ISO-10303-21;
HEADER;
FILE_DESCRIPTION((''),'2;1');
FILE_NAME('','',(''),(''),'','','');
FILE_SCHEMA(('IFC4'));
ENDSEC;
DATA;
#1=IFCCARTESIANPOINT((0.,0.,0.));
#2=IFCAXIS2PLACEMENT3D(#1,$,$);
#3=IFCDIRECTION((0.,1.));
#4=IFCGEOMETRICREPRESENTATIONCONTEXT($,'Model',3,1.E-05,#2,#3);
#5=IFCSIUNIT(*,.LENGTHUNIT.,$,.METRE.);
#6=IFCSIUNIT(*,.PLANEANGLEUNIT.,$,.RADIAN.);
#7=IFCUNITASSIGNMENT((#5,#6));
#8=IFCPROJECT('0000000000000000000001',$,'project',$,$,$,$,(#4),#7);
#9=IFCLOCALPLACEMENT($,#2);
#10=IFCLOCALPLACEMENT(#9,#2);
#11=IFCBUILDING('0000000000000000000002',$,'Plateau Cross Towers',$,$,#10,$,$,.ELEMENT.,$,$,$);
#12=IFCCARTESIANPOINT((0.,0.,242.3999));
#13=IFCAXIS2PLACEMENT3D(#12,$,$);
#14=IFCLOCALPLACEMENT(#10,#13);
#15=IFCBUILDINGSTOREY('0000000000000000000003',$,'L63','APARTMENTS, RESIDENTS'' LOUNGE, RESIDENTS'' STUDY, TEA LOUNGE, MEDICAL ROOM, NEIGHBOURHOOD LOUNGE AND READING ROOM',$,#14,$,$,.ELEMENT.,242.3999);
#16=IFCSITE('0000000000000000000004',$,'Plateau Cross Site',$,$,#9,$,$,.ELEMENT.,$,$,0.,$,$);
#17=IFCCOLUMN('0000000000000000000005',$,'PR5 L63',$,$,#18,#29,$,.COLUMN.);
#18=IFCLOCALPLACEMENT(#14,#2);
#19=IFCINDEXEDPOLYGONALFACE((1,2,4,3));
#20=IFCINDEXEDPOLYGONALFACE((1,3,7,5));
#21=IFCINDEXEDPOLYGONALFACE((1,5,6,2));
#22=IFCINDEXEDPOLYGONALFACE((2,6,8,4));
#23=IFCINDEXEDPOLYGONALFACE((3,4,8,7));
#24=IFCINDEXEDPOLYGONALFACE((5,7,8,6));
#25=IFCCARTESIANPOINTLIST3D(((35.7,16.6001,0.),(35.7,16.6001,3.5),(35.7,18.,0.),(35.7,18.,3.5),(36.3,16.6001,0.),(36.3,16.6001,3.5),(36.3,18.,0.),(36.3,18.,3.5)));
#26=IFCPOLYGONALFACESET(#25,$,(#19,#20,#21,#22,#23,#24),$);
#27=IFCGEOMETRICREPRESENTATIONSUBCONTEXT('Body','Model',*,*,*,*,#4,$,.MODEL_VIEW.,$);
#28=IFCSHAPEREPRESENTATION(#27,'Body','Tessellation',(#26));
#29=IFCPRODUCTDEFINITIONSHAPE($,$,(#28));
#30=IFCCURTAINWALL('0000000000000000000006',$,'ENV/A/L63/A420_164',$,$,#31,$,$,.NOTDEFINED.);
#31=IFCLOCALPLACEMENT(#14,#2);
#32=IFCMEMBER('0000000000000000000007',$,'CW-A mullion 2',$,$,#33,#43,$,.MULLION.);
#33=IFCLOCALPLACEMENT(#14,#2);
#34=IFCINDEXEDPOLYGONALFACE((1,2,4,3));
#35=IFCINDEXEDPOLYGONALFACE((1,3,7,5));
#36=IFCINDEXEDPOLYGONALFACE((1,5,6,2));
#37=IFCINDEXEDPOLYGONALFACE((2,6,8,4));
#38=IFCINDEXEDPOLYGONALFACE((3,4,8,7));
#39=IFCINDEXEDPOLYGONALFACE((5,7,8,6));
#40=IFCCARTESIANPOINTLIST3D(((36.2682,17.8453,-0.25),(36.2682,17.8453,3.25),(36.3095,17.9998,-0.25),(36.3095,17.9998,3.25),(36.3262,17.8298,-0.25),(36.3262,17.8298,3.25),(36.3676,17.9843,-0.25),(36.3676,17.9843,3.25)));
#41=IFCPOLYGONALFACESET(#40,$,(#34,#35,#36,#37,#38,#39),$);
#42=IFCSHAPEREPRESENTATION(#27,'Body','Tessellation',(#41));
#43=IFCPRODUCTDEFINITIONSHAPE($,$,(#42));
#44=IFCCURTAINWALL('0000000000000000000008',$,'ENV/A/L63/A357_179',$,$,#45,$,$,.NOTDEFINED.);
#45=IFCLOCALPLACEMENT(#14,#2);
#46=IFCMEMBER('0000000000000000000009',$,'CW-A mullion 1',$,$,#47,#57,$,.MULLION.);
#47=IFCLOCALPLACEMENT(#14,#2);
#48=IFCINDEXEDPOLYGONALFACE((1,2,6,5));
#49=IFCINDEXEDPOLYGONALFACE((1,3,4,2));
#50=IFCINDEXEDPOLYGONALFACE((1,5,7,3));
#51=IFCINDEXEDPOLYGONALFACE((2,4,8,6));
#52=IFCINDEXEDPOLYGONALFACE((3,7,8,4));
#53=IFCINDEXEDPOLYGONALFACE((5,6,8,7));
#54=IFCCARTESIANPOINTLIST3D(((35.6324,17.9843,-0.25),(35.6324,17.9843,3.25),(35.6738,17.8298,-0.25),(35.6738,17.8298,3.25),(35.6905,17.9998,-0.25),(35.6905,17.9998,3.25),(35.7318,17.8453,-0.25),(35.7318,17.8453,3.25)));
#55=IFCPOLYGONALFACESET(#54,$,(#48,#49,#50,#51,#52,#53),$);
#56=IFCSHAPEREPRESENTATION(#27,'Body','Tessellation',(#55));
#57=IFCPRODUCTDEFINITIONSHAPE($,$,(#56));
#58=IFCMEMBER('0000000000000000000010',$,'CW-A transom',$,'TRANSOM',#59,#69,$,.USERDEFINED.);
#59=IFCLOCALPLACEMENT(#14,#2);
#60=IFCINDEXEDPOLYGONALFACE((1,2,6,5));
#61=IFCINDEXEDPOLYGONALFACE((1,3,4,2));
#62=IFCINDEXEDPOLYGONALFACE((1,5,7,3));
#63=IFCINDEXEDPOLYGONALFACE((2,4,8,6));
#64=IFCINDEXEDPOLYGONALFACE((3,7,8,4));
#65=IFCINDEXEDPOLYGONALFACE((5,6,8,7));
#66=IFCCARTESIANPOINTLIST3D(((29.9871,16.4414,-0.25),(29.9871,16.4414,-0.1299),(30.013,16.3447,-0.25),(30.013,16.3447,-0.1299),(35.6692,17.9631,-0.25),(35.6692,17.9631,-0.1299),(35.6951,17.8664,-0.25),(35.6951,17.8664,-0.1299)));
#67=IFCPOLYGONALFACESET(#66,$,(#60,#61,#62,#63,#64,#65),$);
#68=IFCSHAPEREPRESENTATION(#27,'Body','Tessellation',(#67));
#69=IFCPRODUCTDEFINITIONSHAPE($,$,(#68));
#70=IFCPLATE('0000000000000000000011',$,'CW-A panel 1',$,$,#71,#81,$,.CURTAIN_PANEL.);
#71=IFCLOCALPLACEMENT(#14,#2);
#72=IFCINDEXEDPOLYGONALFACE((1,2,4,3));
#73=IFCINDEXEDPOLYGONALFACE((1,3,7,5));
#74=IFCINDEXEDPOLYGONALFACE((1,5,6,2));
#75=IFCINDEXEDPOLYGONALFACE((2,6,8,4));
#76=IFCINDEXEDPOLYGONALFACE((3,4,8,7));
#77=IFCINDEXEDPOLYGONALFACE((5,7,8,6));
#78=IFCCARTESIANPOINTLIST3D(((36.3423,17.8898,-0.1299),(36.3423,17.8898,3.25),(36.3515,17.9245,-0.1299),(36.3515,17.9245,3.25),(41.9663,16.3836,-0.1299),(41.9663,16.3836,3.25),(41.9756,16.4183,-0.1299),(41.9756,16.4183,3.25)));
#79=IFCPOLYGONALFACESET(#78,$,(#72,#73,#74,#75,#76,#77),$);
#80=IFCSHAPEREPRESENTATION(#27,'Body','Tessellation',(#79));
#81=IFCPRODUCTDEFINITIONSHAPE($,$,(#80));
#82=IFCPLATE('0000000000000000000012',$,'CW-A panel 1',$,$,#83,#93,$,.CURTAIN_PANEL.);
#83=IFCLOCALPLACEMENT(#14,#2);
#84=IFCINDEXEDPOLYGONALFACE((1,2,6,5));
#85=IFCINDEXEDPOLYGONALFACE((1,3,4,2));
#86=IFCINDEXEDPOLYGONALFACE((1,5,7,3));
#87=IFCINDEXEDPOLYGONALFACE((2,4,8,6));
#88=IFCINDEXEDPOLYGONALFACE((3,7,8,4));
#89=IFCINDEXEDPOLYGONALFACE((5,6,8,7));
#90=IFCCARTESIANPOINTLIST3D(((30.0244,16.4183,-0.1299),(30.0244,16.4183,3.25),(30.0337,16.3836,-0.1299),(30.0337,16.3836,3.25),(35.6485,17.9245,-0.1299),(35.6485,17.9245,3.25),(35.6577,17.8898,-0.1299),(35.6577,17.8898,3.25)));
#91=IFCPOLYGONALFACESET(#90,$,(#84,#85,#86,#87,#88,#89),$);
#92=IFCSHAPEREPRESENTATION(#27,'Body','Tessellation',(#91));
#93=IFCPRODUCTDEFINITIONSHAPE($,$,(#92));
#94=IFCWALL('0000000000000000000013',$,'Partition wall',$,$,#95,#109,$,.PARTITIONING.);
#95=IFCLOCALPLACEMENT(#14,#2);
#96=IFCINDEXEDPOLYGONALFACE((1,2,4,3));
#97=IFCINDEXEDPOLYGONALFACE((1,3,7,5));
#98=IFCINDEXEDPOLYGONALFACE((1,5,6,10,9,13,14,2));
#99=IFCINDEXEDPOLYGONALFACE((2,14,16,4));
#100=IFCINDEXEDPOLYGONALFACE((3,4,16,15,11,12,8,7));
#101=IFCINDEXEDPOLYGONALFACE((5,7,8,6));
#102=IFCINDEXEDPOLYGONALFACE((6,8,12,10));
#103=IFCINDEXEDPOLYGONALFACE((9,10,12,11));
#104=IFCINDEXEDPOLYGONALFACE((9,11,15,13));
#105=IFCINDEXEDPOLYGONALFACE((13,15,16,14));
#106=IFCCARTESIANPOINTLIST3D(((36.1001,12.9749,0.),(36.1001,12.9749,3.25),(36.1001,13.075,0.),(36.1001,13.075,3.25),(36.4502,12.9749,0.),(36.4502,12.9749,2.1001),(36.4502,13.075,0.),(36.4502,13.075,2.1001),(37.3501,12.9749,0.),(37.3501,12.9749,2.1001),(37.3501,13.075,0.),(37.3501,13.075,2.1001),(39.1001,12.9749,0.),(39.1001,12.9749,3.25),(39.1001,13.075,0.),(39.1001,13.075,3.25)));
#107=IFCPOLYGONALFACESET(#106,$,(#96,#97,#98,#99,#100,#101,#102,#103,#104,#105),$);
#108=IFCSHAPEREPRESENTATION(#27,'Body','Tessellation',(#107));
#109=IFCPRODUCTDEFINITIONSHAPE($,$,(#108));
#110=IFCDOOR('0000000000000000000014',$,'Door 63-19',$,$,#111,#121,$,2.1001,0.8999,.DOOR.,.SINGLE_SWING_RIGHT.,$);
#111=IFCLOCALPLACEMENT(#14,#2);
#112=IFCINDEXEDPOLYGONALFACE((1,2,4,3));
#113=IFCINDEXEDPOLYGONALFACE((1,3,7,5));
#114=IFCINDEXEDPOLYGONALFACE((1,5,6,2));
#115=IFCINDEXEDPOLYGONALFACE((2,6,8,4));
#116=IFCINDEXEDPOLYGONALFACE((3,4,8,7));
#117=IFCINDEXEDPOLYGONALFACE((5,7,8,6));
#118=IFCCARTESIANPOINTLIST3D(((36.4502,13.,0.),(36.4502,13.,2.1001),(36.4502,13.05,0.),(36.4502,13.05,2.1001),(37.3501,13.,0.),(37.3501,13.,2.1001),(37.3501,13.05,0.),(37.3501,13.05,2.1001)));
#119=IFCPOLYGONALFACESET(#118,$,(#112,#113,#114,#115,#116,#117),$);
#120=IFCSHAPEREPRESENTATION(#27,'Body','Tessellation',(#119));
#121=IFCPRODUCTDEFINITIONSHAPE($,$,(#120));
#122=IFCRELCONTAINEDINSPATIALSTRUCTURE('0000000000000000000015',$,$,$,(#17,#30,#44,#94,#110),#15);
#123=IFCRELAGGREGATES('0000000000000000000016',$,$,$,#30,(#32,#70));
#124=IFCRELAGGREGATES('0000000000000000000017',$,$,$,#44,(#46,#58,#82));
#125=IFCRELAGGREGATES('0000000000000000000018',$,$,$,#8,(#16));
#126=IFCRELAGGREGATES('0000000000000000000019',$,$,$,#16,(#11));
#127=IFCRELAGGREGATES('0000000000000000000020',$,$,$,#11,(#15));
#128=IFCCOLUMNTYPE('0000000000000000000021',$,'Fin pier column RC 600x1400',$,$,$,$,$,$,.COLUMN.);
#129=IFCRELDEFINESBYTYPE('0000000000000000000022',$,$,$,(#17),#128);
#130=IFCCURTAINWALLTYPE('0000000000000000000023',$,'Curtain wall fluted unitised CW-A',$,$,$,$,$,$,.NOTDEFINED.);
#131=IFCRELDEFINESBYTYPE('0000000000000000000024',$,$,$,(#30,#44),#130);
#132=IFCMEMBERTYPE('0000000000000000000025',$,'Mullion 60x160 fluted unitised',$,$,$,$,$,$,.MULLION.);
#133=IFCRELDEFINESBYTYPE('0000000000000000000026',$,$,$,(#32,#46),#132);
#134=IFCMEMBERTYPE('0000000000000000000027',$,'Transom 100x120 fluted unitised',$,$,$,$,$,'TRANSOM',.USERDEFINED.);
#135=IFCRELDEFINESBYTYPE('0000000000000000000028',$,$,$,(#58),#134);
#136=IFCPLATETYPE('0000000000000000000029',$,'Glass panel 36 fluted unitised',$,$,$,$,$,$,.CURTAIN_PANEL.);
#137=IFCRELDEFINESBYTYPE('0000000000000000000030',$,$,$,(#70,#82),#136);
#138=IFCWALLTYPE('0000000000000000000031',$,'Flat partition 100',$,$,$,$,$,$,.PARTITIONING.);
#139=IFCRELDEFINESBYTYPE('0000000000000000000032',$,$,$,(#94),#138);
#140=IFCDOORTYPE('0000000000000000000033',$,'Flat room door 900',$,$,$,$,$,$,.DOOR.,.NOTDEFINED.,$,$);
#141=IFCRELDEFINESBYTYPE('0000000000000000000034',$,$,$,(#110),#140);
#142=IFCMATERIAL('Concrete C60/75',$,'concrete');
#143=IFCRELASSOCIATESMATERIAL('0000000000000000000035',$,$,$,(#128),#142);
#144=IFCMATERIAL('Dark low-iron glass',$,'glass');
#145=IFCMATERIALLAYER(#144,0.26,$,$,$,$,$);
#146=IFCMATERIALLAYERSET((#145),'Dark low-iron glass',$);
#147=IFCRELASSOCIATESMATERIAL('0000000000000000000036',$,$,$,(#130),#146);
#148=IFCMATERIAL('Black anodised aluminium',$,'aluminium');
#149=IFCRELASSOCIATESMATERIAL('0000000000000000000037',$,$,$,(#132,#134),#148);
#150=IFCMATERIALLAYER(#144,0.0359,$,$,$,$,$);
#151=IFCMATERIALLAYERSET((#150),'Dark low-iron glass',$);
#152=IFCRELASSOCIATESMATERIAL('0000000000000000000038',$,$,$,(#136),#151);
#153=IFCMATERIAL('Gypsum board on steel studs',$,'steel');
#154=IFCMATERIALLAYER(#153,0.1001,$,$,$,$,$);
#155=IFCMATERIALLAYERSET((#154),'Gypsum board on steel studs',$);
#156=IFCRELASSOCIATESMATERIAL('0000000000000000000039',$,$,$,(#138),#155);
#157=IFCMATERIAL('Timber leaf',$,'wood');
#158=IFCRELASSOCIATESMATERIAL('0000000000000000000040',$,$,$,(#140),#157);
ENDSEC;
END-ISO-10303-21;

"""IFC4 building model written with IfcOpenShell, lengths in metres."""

from ifc_helpers import new_model, si_unit, direction, frame, frame_2d, origin, origin_2d, place, context, subcontext, project, spatial, rectangle, extrude, material, layer, layer_set, material_profile, profile_set, type_object, element, fill, aggregate, save


model = new_model("IFC4")

# Units and contexts
model_context = context("Model", 3, precision=1e-05, world=origin(), true_north=direction((0.0, 1.0)))
body_context = subcontext(model_context, "Body", "Model", "MODEL_VIEW")
ifc_project = project(units=[si_unit("LENGTHUNIT", "METRE"), si_unit("PLANEANGLEUNIT", "RADIAN")], contexts=[model_context])

# Site, building, storey
site_placement = place(None, origin())
site = spatial("IfcSite", under=ifc_project, at=site_placement, Name="Plateau Cross Site", CompositionType="ELEMENT", RefElevation=0.0)
building_placement = place(site_placement, origin())
building = spatial("IfcBuilding", under=site, at=building_placement, Name="Plateau Cross Towers", CompositionType="ELEMENT")
storey_placement = place(building_placement, frame((0.0, 0.0, 242.3999)))
storey = spatial("IfcBuildingStorey", under=building, at=storey_placement, Name="L63", Description="APARTMENTS, RESIDENTS' LOUNGE, RESIDENTS' STUDY, TEA LOUNGE, MEDICAL ROOM, NEIGHBOURHOOD LOUNGE AND READING ROOM", CompositionType="ELEMENT", Elevation=242.3999)

# Column
ifc_material_1 = material(Name="Concrete C60/75", Category="concrete")
ifc_material_profile_1 = material_profile(ifc_material_1, rectangle(XDim=0.6001, YDim=1.3999, at=origin_2d()), Name="RC 600x1400")
ifc_profile_set_1 = profile_set([ifc_material_profile_1], Name="Concrete C60/75")
column_type = type_object("IfcColumnType", Name="Fin pier column RC 600x1400", PredefinedType="COLUMN", material=ifc_profile_set_1)
column_placement = place(storey_placement, frame((36.0, 17.3, 0.0), z_axis=(0.0, 0.0, 1.0), x_axis=(1.0, 0.0, 0.0)))
element("IfcColumn", 1, at=column_placement, inside=storey, type_object=column_type, Name="PR5 L63", PredefinedType="COLUMN", context=body_context, shape_type="SweptSolid", body=[
    extrude(rectangle(XDim=0.6001, YDim=1.3999, at=origin_2d()), origin(), (0.0, 0.0, 1.0), 3.5),
])

# Curtain wall, member
ifc_material_2 = material(Name="Dark low-iron glass", Category="glass")
ifc_layer_1 = layer(ifc_material_2, 0.26)
ifc_layer_set_1 = layer_set([ifc_layer_1], Name="Dark low-iron glass")
curtain_wall_type = type_object("IfcCurtainWallType", Name="Curtain wall fluted unitised CW-A", PredefinedType="NOTDEFINED", material=ifc_layer_set_1)
curtain_wall_1_placement = place(storey_placement, origin())
curtain_wall_1 = element("IfcCurtainWall", 2, at=curtain_wall_1_placement, inside=storey, type_object=curtain_wall_type, Name="ENV/A/L63/A420_164", PredefinedType="NOTDEFINED")
ifc_material_3 = material(Name="Black anodised aluminium", Category="aluminium")
ifc_material_profile_2 = material_profile(ifc_material_3, rectangle(XDim=0.0601, YDim=0.1599, at=origin_2d()), Name="MULLION 60x160")
ifc_profile_set_2 = profile_set([ifc_material_profile_2], Name="Black anodised aluminium")
member_type_1 = type_object("IfcMemberType", Name="Mullion 60x160 fluted unitised", PredefinedType="MULLION", material=ifc_profile_set_2)
member_1_placement = place(storey_placement, frame((36.3179, 17.9148, -0.25), z_axis=(0.0, 0.0, 1.0), x_axis=(-0.965958, 0.258699, 0.0)))
member_1 = element("IfcMember", 3, at=member_1_placement, type_object=member_type_1, Name="CW-A mullion 2", PredefinedType="MULLION", context=body_context, shape_type="SweptSolid", body=[
    extrude(rectangle(XDim=0.0601, YDim=0.1599, at=origin_2d()), origin(), (0.0, 0.0, 1.0), 3.5),
])

# Curtain wall, members
curtain_wall_2_placement = place(storey_placement, origin())
curtain_wall_2 = element("IfcCurtainWall", 4, at=curtain_wall_2_placement, inside=storey, type_object=curtain_wall_type, Name="ENV/A/L63/A357_179", PredefinedType="NOTDEFINED")
member_2_placement = place(storey_placement, frame((35.6821, 17.9148, -0.25), z_axis=(0.0, 0.0, 1.0), x_axis=(-0.965958, -0.258699, 0.0)))
member_2 = element("IfcMember", 5, at=member_2_placement, type_object=member_type_1, Name="CW-A mullion 1", PredefinedType="MULLION", context=body_context, shape_type="SweptSolid", body=[
    extrude(rectangle(XDim=0.0601, YDim=0.1599, at=origin_2d()), origin(), (0.0, 0.0, 1.0), 3.5),
])
ifc_material_profile_3 = material_profile(ifc_material_3, rectangle(XDim=0.1001, YDim=0.1201, at=origin_2d()), Name="TRANSOM 100x120")
ifc_profile_set_3 = profile_set([ifc_material_profile_3], Name="Black anodised aluminium")
member_type_2 = type_object("IfcMemberType", Name="Transom 100x120 fluted unitised", ElementType="TRANSOM", PredefinedType="USERDEFINED", material=ifc_profile_set_3)
member_3_placement = place(storey_placement, frame((35.6821, 17.9148, -0.1899), z_axis=(-0.96596, -0.258693, 0.0), x_axis=(0.258693, -0.96596, 0.0)))
member_3 = element("IfcMember", 6, at=member_3_placement, type_object=member_type_2, Name="CW-A transom", ObjectType="TRANSOM", PredefinedType="USERDEFINED", context=body_context, shape_type="SweptSolid", body=[
    extrude(rectangle(XDim=0.1001, YDim=0.1201, at=origin_2d()), origin(), (0.0, 0.0, 1.0), 5.8823),
])

# Plates
ifc_layer_2 = layer(ifc_material_2, 0.0359)
ifc_layer_set_2 = layer_set([ifc_layer_2], Name="Dark low-iron glass")
plate_type = type_object("IfcPlateType", Name="Glass panel 36 fluted unitised", PredefinedType="CURTAIN_PANEL", material=ifc_layer_set_2)
plate_1_placement = place(storey_placement, frame((39.1589, 17.1541, -0.1299), z_axis=(0.0, 0.0, 1.0), x_axis=(-0.965958, 0.258699, 0.0)))
plate_1 = element("IfcPlate", 7, at=plate_1_placement, type_object=plate_type, Name="CW-A panel 1", PredefinedType="CURTAIN_PANEL", context=body_context, shape_type="SweptSolid", body=[
    extrude(rectangle(XDim=5.8223, YDim=0.0359, at=origin_2d()), origin(), (0.0, 0.0, 1.0), 3.3799),
])
aggregate(curtain_wall_1, [member_1, plate_1])
plate_2_placement = place(storey_placement, frame((32.8411, 17.1541, -0.1299), z_axis=(0.0, 0.0, 1.0), x_axis=(-0.965958, -0.258699, 0.0)))
plate_2 = element("IfcPlate", 8, at=plate_2_placement, type_object=plate_type, Name="CW-A panel 1", PredefinedType="CURTAIN_PANEL", context=body_context, shape_type="SweptSolid", body=[
    extrude(rectangle(XDim=5.8223, YDim=0.0359, at=origin_2d()), origin(), (0.0, 0.0, 1.0), 3.3799),
])
aggregate(curtain_wall_2, [member_2, member_3, plate_2])

# Wall, opening, door
ifc_material_4 = material(Name="Gypsum board on steel studs", Category="steel")
ifc_layer_3 = layer(ifc_material_4, 0.1001)
ifc_layer_set_3 = layer_set([ifc_layer_3], Name="Gypsum board on steel studs")
wall_type_1 = type_object("IfcWallType", Name="Flat partition 100", PredefinedType="PARTITIONING", material=ifc_layer_set_3)
wall_1_placement = place(storey_placement, frame((39.1001, 13.0249, 0.0), z_axis=(0.0, 0.0, 1.0), x_axis=(-1.0, 0.0, 0.0)))
wall_1 = element("IfcWall", 9, at=wall_1_placement, inside=storey, type_object=wall_type_1, Name="Partition wall", PredefinedType="PARTITIONING", context=body_context, shape_type="SweptSolid", body=[
    extrude(rectangle(XDim=3.0, YDim=0.1001, at=frame_2d((1.5, 0.0))), origin(), (0.0, 0.0, 1.0), 3.25),
])
opening_1_placement = place(wall_1_placement, frame((1.75, 0.0, 0.0)))
opening_1 = element("IfcOpeningElement", 10, at=opening_1_placement, cuts=wall_1, PredefinedType="OPENING", context=body_context, shape_type="SweptSolid", body=[
    extrude(rectangle(XDim=0.8999, YDim=2.1001, at=frame_2d((0.45, 1.05))), frame((0.0, 0.0601, 0.0), z_axis=(0.0, -1.0, 0.0), x_axis=(1.0, 0.0, 0.0)), (0.0, 0.0, 1.0), 0.1201),
])
ifc_material_5 = material(Name="Timber leaf", Category="wood")
door_type_1 = type_object("IfcDoorType", Name="Flat room door 900", OperationType="NOTDEFINED", PredefinedType="DOOR", material=ifc_material_5)
door_1_placement = place(opening_1_placement, origin())
door_1 = element("IfcDoor", 11, at=door_1_placement, inside=storey, type_object=door_type_1, Name="Door 63-19", OperationType="SINGLE_SWING_RIGHT", OverallHeight=2.1001, OverallWidth=0.8999, PredefinedType="DOOR", context=body_context, shape_type="SweptSolid", body=[
    extrude(rectangle(XDim=0.8999, YDim=2.1001, at=frame_2d((0.45, 1.05))), frame((0.0, 0.0249, 0.0), z_axis=(0.0, -1.0, 0.0), x_axis=(1.0, 0.0, 0.0)), (0.0, 0.0, 1.0), 0.05),
])
fill(opening_1, door_1)

save(model, "model.ifc")
